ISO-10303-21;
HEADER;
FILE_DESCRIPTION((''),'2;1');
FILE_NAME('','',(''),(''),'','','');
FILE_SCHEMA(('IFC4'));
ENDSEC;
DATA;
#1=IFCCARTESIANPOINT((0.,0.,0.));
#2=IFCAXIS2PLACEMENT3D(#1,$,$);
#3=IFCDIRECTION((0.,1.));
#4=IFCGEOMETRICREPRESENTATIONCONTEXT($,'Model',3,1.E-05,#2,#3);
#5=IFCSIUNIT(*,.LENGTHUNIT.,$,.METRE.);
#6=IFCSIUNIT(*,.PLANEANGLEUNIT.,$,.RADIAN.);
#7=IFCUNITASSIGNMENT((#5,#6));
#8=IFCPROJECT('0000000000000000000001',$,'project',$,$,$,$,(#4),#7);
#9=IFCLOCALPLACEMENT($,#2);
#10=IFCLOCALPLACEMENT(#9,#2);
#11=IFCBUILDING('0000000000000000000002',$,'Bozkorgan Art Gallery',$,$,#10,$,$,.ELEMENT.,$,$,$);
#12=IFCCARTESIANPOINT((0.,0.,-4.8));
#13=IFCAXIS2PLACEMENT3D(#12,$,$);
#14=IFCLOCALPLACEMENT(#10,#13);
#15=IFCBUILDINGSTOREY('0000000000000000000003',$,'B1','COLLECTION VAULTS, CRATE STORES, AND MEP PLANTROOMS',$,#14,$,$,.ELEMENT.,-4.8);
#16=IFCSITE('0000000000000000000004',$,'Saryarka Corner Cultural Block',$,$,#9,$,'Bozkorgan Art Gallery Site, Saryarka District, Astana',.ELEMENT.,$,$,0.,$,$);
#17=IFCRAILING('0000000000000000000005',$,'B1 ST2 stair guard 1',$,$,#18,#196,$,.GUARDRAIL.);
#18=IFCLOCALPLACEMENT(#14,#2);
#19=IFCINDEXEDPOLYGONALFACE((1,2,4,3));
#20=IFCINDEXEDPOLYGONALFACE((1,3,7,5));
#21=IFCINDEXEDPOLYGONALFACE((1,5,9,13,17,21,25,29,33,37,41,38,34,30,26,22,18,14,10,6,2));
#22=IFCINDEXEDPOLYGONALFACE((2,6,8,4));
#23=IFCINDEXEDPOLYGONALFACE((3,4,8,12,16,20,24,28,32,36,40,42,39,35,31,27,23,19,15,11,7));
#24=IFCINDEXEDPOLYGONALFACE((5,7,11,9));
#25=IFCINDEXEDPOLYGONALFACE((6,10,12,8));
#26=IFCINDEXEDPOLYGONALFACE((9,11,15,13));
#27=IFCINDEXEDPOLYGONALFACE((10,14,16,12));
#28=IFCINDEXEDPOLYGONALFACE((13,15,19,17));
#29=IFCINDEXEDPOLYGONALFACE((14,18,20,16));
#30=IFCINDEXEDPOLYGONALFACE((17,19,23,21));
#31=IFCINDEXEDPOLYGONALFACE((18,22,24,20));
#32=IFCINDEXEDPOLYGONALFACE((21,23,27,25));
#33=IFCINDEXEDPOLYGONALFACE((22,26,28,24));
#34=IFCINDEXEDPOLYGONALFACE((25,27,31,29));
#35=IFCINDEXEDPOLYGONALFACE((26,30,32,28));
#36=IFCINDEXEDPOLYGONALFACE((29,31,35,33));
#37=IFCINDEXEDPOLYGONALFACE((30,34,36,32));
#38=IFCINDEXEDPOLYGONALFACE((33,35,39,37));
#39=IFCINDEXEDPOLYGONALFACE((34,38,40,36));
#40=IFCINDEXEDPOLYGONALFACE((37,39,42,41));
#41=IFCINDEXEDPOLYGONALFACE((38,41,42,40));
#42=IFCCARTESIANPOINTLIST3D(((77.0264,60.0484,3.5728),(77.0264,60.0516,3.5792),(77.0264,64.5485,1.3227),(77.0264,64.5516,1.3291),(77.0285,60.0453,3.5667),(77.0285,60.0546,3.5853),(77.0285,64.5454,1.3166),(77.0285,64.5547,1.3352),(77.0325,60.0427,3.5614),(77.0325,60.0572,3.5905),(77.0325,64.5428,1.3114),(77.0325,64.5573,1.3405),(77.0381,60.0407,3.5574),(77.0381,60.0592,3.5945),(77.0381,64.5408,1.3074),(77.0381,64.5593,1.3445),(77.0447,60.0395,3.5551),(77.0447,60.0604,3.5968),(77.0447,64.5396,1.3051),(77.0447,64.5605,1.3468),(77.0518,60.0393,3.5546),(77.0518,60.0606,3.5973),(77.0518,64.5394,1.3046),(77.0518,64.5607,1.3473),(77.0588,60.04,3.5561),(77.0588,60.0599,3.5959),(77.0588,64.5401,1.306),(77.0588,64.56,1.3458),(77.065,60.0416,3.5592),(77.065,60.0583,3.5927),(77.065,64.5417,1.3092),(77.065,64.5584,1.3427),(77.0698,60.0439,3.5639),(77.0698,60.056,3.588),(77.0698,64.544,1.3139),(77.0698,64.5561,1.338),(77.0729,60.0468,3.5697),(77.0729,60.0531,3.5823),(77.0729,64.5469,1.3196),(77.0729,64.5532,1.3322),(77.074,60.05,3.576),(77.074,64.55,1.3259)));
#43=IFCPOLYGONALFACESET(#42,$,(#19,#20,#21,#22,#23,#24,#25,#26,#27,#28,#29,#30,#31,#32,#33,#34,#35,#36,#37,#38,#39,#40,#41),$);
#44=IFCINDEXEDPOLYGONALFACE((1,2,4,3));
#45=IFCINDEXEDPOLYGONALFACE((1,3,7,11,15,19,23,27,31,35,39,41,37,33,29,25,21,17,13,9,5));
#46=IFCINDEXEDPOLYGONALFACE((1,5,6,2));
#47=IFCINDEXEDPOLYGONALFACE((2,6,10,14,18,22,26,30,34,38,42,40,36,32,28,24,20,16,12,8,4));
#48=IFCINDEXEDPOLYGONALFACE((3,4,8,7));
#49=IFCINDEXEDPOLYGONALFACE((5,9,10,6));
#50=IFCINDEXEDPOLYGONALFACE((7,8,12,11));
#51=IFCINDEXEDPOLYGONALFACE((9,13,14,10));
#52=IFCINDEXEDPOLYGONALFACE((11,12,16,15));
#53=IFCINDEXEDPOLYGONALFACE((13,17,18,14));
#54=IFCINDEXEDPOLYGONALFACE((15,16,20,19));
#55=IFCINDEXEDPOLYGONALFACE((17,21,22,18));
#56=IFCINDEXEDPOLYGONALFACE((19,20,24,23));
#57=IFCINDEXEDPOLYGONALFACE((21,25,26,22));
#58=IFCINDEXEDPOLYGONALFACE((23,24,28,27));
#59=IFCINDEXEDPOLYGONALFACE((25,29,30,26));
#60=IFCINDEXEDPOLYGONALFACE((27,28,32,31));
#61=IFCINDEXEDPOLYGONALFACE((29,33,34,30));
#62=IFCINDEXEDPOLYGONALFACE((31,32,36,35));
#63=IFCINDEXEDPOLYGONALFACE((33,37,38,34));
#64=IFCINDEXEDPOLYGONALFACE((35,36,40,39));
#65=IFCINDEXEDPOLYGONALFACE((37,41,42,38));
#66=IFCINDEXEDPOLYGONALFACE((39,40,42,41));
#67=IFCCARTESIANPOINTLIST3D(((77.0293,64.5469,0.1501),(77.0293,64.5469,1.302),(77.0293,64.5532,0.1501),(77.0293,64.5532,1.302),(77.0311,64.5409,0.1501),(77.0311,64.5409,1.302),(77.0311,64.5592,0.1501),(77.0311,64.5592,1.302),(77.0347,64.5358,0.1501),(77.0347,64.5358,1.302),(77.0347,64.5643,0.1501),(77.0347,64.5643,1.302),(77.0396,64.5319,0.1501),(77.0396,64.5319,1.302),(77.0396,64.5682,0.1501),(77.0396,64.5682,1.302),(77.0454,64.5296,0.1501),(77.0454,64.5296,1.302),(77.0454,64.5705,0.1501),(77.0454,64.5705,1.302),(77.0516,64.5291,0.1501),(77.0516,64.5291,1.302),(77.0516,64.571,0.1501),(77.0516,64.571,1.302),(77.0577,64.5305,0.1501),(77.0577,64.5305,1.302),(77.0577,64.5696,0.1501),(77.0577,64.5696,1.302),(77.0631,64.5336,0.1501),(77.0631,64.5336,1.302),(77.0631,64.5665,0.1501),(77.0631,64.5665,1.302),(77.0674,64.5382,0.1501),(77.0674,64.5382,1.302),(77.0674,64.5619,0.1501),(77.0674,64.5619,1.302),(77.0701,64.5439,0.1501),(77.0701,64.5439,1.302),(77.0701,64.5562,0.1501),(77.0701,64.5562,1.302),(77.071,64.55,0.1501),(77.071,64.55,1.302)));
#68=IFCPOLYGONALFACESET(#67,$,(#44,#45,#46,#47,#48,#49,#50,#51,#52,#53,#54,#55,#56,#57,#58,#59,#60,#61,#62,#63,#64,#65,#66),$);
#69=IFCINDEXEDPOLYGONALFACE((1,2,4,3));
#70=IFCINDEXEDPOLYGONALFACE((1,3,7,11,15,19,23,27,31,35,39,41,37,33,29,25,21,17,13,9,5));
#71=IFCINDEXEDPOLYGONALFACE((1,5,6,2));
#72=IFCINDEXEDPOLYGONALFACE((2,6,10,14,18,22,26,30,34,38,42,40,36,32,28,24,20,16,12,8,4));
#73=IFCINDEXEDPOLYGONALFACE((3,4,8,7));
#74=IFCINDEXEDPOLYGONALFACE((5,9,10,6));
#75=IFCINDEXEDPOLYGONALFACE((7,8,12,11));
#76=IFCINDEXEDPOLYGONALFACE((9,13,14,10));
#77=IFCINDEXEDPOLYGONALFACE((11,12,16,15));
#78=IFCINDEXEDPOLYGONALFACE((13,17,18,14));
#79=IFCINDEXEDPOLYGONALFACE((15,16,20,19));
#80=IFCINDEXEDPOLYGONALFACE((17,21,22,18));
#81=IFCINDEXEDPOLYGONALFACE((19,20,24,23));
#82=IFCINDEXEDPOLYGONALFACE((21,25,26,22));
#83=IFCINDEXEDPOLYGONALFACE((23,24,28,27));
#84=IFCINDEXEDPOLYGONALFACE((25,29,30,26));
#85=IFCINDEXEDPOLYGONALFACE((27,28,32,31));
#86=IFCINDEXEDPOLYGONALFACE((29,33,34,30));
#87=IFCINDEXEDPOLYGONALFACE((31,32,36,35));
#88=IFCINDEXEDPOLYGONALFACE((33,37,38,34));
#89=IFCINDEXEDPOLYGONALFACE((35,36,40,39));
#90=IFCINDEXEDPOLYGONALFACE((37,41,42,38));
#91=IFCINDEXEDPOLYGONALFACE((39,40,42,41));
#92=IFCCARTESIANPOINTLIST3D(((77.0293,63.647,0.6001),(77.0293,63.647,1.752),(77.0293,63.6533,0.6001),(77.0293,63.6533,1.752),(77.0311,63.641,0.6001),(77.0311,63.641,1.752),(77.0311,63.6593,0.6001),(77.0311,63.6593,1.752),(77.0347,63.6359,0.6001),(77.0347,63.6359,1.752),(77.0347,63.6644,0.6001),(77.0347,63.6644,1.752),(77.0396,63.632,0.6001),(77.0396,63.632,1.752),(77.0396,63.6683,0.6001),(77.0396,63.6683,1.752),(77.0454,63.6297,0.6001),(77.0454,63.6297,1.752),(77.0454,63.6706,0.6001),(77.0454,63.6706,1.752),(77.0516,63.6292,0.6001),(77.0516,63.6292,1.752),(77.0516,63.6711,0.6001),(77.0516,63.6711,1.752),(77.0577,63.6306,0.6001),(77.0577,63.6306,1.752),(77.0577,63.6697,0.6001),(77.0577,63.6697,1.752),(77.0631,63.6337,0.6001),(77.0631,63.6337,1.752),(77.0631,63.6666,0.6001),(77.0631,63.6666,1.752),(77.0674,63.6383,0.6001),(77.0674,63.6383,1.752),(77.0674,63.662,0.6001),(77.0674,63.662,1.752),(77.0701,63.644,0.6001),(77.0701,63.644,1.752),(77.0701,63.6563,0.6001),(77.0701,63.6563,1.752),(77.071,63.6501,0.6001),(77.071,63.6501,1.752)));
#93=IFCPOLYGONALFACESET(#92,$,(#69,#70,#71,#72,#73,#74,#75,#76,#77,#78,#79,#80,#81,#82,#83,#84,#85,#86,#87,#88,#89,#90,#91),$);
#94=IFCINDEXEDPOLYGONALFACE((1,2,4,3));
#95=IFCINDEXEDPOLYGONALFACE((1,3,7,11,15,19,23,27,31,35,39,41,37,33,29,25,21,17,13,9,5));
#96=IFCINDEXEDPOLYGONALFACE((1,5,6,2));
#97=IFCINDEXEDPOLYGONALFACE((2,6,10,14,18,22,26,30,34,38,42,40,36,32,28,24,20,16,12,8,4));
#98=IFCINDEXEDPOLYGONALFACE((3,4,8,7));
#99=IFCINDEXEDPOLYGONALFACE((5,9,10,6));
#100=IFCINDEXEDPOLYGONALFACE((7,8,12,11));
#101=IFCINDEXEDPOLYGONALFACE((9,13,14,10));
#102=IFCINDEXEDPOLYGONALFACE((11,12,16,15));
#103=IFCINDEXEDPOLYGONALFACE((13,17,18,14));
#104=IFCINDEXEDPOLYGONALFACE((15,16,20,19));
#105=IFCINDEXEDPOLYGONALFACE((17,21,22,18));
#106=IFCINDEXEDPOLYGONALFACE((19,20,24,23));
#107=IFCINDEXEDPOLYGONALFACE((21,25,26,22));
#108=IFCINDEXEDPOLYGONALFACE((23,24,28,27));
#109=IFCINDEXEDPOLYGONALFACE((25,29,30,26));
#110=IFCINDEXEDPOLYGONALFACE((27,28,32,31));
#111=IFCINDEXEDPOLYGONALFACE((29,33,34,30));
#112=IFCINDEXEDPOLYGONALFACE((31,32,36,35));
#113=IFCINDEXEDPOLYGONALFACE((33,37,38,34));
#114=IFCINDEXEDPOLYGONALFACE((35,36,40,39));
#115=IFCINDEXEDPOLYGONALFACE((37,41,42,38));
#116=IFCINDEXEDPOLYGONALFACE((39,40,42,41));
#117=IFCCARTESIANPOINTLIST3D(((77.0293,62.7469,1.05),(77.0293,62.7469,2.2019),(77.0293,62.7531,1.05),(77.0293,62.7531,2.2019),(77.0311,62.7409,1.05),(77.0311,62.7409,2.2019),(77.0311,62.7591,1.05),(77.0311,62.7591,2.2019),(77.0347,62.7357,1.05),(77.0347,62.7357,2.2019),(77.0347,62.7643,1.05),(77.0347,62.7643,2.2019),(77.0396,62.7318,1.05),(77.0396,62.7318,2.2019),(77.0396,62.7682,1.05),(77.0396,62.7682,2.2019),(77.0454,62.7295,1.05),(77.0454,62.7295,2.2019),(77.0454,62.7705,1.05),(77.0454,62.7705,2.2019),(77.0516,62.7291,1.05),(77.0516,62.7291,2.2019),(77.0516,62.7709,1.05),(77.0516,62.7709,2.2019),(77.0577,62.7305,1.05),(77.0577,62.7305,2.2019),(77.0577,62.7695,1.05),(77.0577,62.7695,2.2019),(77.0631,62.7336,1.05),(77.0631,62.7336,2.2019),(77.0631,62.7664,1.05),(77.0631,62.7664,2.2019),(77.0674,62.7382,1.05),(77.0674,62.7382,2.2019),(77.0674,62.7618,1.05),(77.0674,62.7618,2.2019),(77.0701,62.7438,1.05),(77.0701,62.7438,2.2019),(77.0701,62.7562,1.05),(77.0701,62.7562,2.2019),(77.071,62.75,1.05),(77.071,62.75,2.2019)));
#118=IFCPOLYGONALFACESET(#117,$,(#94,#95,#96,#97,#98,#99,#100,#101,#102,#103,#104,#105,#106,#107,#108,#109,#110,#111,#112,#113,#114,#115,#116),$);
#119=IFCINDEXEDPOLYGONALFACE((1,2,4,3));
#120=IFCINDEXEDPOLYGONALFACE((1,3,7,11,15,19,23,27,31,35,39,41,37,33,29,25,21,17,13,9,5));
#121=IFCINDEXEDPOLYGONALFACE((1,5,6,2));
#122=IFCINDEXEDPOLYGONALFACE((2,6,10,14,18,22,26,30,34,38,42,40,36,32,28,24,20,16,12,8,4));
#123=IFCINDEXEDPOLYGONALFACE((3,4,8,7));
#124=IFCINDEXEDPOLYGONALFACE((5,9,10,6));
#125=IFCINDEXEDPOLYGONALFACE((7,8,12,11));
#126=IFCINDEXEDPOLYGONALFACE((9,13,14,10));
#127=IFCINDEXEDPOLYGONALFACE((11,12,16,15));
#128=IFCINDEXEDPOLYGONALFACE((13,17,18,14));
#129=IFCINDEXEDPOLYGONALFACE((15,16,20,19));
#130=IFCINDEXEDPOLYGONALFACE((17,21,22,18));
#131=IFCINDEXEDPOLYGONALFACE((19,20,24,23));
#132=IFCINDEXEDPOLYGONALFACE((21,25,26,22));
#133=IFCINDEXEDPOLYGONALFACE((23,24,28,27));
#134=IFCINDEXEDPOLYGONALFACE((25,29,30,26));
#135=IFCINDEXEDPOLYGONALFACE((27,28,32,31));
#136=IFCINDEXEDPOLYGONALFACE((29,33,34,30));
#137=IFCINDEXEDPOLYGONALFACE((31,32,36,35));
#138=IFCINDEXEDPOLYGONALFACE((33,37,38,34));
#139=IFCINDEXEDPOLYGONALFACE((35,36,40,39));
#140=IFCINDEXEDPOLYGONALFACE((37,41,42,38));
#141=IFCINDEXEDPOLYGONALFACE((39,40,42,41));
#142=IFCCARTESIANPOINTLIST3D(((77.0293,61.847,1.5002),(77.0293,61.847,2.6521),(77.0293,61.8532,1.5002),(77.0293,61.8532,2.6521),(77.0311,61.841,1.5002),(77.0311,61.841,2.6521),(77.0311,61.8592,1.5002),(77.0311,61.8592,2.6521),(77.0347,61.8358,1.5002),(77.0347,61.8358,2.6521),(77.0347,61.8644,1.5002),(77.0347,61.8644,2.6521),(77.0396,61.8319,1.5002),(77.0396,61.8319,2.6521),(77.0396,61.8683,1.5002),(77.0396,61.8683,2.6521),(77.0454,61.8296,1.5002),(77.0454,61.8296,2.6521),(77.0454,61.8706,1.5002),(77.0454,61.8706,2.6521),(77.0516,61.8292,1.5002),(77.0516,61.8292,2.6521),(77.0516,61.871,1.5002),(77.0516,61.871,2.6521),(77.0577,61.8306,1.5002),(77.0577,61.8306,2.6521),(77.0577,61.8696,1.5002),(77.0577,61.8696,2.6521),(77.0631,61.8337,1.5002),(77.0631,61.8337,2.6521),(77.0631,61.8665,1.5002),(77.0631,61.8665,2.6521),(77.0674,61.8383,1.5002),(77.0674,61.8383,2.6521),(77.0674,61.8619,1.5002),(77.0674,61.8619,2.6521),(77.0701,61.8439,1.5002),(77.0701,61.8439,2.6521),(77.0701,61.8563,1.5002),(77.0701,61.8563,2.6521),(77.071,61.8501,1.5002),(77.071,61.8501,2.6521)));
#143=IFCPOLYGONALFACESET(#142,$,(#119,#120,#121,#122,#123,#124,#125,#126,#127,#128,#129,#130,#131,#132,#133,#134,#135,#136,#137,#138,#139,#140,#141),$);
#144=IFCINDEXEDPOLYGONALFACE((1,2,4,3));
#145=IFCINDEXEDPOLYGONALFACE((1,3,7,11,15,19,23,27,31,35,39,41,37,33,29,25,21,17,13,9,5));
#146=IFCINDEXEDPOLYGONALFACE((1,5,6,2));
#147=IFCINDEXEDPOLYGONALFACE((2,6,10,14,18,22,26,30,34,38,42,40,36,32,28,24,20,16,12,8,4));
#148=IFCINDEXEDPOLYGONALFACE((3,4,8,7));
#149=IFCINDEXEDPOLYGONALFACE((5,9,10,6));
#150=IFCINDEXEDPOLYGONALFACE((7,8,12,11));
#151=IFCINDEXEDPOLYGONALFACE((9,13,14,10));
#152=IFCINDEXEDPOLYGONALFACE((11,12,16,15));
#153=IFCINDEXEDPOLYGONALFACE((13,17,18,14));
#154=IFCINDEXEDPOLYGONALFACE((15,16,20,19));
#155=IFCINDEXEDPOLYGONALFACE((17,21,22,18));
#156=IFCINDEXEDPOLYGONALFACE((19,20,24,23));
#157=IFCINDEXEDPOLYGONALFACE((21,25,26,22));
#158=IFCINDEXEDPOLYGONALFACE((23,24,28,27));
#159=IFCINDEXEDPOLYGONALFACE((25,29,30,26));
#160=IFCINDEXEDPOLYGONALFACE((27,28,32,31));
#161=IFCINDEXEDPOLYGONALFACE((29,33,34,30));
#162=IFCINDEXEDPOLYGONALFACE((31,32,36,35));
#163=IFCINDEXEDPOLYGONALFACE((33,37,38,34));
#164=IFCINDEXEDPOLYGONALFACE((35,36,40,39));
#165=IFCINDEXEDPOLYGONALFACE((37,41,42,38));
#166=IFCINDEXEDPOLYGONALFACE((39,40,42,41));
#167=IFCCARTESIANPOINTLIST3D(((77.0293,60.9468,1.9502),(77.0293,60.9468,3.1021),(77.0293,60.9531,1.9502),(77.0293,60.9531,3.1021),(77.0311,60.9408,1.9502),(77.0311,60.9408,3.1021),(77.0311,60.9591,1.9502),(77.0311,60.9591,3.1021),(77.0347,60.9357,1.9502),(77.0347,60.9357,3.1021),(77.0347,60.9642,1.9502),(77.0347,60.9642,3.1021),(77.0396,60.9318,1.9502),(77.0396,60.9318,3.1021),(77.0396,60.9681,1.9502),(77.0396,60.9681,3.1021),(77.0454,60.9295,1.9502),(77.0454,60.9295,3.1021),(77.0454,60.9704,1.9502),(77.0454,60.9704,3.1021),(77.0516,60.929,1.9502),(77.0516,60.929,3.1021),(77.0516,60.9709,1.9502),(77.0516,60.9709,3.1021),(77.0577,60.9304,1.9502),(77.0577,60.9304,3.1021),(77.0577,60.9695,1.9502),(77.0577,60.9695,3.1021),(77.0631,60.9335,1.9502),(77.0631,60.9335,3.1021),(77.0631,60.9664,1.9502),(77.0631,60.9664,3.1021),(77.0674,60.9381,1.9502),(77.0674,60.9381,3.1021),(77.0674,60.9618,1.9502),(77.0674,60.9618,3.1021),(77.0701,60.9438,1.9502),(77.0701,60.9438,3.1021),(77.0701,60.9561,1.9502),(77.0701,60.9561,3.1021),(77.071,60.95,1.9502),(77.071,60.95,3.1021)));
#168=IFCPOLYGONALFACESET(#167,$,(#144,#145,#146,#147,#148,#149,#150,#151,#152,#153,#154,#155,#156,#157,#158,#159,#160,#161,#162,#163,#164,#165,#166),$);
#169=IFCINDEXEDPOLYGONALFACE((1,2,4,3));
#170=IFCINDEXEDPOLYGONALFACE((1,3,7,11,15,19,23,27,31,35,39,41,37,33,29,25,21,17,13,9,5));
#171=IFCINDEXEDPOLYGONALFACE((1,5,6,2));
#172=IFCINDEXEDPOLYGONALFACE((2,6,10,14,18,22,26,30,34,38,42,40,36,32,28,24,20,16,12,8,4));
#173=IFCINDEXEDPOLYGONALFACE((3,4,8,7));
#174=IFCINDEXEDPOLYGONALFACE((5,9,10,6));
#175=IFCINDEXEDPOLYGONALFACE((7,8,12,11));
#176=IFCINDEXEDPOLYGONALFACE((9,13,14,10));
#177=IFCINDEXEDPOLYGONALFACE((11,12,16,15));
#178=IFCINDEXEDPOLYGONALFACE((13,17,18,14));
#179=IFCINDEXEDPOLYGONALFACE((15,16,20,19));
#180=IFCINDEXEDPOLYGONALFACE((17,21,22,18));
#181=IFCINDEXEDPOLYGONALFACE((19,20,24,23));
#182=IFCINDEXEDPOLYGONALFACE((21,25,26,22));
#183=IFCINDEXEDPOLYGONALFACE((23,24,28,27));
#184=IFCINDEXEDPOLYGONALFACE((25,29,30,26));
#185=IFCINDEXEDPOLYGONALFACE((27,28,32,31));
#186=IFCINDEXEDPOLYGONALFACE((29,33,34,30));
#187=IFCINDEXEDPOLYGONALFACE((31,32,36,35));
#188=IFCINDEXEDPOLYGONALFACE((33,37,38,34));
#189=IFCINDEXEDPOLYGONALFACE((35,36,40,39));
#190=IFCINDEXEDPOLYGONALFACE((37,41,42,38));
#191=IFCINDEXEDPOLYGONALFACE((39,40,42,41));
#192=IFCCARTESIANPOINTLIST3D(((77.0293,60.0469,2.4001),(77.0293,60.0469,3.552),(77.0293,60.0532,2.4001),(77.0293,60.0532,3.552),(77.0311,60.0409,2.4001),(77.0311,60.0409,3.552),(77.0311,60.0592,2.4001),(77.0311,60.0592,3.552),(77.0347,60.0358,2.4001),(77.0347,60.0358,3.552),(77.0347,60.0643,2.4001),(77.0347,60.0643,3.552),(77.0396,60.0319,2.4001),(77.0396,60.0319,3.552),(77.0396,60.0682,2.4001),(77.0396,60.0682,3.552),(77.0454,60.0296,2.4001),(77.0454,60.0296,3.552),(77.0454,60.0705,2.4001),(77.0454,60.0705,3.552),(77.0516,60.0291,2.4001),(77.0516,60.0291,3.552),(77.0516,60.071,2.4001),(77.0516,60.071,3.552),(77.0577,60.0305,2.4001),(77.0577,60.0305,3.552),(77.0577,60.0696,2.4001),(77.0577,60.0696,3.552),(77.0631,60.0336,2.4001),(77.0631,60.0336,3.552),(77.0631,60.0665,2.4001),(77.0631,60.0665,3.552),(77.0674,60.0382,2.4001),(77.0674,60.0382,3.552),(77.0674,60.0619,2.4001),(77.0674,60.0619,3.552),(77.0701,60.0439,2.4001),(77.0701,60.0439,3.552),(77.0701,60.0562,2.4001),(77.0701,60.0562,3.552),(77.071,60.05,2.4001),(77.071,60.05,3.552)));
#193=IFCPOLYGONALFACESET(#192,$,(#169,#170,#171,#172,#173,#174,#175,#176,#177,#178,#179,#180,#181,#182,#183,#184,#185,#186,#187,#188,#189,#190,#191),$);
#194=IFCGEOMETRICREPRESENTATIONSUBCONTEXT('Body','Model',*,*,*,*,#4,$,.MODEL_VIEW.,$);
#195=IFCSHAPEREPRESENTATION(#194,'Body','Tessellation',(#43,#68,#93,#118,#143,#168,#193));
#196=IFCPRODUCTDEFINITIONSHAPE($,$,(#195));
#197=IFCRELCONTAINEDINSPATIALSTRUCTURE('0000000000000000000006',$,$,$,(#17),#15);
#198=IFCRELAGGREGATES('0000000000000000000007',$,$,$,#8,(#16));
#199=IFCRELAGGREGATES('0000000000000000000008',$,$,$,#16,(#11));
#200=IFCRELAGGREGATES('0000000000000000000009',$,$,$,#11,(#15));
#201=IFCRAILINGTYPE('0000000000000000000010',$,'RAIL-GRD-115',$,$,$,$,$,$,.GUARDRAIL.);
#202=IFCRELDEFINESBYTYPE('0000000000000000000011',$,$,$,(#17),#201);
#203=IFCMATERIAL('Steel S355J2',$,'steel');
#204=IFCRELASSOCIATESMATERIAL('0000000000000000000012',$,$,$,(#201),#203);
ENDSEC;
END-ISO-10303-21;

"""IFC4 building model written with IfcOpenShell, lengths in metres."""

from ifc_helpers import new_model, si_unit, direction, frame, origin, origin_2d, place, context, subcontext, project, spatial, circle, extrude, material, type_object, element, save


model = new_model("IFC4")

# Units and contexts
model_context = context("Model", 3, precision=1e-05, world=origin(), true_north=direction((0.0, 1.0)))
body_context = subcontext(model_context, "Body", "Model", "MODEL_VIEW")
ifc_project = project(units=[si_unit("LENGTHUNIT", "METRE"), si_unit("PLANEANGLEUNIT", "RADIAN")], contexts=[model_context])

# Site, building, storey
site_placement = place(None, origin())
site = spatial("IfcSite", under=ifc_project, at=site_placement, Name="Saryarka Corner Cultural Block", LongName="Bozkorgan Art Gallery Site, Saryarka District, Astana", CompositionType="ELEMENT", RefElevation=0.0)
building_placement = place(site_placement, origin())
building = spatial("IfcBuilding", under=site, at=building_placement, Name="Bozkorgan Art Gallery", CompositionType="ELEMENT")
storey_placement = place(building_placement, frame((0.0, 0.0, -4.8)))
storey = spatial("IfcBuildingStorey", under=building, at=storey_placement, Name="B1", Description="COLLECTION VAULTS, CRATE STORES, AND MEP PLANTROOMS", CompositionType="ELEMENT", Elevation=-4.8)

# Shared definitions
ifc_material_1 = material(Name="Steel S355J2", Category="steel")

# Railing
railing_type_1 = type_object("IfcRailingType", Name="RAIL-GRD-115", PredefinedType="GUARDRAIL", material=ifc_material_1)
railing_1_placement = place(storey_placement, frame((77.05, 64.55, 0.1501)))
element("IfcRailing", 1, at=railing_1_placement, inside=storey, type_object=railing_type_1, Name="B1 ST2 stair guard 1", PredefinedType="GUARDRAIL", context=body_context, shape_type="SweptSolid", body=[
    extrude(circle(Radius=0.0239, at=origin_2d()), frame((0.0, 0.0, 1.1758), z_axis=(0.0, -0.894427, 0.447214), x_axis=(1.0, 0.0, 0.0)), (0.0, 0.0, 1.0), 5.0312),
    extrude(circle(Radius=0.021, at=origin_2d()), origin(), (0.0, 0.0, 1.0), 1.1519),
    extrude(circle(Radius=0.021, at=origin_2d()), frame((0.0, -0.8999, 0.45)), (0.0, 0.0, 1.0), 1.1519),
    extrude(circle(Radius=0.021, at=origin_2d()), frame((0.0, -1.8, 0.8999)), (0.0, 0.0, 1.0), 1.1519),
    extrude(circle(Radius=0.021, at=origin_2d()), frame((0.0, -2.7, 1.3501)), (0.0, 0.0, 1.0), 1.1519),
    extrude(circle(Radius=0.021, at=origin_2d()), frame((0.0, -3.6001, 1.8)), (0.0, 0.0, 1.0), 1.1519),
    extrude(circle(Radius=0.021, at=origin_2d()), frame((0.0, -4.5, 2.25)), (0.0, 0.0, 1.0), 1.1519),
])

save(model, "model.ifc")
